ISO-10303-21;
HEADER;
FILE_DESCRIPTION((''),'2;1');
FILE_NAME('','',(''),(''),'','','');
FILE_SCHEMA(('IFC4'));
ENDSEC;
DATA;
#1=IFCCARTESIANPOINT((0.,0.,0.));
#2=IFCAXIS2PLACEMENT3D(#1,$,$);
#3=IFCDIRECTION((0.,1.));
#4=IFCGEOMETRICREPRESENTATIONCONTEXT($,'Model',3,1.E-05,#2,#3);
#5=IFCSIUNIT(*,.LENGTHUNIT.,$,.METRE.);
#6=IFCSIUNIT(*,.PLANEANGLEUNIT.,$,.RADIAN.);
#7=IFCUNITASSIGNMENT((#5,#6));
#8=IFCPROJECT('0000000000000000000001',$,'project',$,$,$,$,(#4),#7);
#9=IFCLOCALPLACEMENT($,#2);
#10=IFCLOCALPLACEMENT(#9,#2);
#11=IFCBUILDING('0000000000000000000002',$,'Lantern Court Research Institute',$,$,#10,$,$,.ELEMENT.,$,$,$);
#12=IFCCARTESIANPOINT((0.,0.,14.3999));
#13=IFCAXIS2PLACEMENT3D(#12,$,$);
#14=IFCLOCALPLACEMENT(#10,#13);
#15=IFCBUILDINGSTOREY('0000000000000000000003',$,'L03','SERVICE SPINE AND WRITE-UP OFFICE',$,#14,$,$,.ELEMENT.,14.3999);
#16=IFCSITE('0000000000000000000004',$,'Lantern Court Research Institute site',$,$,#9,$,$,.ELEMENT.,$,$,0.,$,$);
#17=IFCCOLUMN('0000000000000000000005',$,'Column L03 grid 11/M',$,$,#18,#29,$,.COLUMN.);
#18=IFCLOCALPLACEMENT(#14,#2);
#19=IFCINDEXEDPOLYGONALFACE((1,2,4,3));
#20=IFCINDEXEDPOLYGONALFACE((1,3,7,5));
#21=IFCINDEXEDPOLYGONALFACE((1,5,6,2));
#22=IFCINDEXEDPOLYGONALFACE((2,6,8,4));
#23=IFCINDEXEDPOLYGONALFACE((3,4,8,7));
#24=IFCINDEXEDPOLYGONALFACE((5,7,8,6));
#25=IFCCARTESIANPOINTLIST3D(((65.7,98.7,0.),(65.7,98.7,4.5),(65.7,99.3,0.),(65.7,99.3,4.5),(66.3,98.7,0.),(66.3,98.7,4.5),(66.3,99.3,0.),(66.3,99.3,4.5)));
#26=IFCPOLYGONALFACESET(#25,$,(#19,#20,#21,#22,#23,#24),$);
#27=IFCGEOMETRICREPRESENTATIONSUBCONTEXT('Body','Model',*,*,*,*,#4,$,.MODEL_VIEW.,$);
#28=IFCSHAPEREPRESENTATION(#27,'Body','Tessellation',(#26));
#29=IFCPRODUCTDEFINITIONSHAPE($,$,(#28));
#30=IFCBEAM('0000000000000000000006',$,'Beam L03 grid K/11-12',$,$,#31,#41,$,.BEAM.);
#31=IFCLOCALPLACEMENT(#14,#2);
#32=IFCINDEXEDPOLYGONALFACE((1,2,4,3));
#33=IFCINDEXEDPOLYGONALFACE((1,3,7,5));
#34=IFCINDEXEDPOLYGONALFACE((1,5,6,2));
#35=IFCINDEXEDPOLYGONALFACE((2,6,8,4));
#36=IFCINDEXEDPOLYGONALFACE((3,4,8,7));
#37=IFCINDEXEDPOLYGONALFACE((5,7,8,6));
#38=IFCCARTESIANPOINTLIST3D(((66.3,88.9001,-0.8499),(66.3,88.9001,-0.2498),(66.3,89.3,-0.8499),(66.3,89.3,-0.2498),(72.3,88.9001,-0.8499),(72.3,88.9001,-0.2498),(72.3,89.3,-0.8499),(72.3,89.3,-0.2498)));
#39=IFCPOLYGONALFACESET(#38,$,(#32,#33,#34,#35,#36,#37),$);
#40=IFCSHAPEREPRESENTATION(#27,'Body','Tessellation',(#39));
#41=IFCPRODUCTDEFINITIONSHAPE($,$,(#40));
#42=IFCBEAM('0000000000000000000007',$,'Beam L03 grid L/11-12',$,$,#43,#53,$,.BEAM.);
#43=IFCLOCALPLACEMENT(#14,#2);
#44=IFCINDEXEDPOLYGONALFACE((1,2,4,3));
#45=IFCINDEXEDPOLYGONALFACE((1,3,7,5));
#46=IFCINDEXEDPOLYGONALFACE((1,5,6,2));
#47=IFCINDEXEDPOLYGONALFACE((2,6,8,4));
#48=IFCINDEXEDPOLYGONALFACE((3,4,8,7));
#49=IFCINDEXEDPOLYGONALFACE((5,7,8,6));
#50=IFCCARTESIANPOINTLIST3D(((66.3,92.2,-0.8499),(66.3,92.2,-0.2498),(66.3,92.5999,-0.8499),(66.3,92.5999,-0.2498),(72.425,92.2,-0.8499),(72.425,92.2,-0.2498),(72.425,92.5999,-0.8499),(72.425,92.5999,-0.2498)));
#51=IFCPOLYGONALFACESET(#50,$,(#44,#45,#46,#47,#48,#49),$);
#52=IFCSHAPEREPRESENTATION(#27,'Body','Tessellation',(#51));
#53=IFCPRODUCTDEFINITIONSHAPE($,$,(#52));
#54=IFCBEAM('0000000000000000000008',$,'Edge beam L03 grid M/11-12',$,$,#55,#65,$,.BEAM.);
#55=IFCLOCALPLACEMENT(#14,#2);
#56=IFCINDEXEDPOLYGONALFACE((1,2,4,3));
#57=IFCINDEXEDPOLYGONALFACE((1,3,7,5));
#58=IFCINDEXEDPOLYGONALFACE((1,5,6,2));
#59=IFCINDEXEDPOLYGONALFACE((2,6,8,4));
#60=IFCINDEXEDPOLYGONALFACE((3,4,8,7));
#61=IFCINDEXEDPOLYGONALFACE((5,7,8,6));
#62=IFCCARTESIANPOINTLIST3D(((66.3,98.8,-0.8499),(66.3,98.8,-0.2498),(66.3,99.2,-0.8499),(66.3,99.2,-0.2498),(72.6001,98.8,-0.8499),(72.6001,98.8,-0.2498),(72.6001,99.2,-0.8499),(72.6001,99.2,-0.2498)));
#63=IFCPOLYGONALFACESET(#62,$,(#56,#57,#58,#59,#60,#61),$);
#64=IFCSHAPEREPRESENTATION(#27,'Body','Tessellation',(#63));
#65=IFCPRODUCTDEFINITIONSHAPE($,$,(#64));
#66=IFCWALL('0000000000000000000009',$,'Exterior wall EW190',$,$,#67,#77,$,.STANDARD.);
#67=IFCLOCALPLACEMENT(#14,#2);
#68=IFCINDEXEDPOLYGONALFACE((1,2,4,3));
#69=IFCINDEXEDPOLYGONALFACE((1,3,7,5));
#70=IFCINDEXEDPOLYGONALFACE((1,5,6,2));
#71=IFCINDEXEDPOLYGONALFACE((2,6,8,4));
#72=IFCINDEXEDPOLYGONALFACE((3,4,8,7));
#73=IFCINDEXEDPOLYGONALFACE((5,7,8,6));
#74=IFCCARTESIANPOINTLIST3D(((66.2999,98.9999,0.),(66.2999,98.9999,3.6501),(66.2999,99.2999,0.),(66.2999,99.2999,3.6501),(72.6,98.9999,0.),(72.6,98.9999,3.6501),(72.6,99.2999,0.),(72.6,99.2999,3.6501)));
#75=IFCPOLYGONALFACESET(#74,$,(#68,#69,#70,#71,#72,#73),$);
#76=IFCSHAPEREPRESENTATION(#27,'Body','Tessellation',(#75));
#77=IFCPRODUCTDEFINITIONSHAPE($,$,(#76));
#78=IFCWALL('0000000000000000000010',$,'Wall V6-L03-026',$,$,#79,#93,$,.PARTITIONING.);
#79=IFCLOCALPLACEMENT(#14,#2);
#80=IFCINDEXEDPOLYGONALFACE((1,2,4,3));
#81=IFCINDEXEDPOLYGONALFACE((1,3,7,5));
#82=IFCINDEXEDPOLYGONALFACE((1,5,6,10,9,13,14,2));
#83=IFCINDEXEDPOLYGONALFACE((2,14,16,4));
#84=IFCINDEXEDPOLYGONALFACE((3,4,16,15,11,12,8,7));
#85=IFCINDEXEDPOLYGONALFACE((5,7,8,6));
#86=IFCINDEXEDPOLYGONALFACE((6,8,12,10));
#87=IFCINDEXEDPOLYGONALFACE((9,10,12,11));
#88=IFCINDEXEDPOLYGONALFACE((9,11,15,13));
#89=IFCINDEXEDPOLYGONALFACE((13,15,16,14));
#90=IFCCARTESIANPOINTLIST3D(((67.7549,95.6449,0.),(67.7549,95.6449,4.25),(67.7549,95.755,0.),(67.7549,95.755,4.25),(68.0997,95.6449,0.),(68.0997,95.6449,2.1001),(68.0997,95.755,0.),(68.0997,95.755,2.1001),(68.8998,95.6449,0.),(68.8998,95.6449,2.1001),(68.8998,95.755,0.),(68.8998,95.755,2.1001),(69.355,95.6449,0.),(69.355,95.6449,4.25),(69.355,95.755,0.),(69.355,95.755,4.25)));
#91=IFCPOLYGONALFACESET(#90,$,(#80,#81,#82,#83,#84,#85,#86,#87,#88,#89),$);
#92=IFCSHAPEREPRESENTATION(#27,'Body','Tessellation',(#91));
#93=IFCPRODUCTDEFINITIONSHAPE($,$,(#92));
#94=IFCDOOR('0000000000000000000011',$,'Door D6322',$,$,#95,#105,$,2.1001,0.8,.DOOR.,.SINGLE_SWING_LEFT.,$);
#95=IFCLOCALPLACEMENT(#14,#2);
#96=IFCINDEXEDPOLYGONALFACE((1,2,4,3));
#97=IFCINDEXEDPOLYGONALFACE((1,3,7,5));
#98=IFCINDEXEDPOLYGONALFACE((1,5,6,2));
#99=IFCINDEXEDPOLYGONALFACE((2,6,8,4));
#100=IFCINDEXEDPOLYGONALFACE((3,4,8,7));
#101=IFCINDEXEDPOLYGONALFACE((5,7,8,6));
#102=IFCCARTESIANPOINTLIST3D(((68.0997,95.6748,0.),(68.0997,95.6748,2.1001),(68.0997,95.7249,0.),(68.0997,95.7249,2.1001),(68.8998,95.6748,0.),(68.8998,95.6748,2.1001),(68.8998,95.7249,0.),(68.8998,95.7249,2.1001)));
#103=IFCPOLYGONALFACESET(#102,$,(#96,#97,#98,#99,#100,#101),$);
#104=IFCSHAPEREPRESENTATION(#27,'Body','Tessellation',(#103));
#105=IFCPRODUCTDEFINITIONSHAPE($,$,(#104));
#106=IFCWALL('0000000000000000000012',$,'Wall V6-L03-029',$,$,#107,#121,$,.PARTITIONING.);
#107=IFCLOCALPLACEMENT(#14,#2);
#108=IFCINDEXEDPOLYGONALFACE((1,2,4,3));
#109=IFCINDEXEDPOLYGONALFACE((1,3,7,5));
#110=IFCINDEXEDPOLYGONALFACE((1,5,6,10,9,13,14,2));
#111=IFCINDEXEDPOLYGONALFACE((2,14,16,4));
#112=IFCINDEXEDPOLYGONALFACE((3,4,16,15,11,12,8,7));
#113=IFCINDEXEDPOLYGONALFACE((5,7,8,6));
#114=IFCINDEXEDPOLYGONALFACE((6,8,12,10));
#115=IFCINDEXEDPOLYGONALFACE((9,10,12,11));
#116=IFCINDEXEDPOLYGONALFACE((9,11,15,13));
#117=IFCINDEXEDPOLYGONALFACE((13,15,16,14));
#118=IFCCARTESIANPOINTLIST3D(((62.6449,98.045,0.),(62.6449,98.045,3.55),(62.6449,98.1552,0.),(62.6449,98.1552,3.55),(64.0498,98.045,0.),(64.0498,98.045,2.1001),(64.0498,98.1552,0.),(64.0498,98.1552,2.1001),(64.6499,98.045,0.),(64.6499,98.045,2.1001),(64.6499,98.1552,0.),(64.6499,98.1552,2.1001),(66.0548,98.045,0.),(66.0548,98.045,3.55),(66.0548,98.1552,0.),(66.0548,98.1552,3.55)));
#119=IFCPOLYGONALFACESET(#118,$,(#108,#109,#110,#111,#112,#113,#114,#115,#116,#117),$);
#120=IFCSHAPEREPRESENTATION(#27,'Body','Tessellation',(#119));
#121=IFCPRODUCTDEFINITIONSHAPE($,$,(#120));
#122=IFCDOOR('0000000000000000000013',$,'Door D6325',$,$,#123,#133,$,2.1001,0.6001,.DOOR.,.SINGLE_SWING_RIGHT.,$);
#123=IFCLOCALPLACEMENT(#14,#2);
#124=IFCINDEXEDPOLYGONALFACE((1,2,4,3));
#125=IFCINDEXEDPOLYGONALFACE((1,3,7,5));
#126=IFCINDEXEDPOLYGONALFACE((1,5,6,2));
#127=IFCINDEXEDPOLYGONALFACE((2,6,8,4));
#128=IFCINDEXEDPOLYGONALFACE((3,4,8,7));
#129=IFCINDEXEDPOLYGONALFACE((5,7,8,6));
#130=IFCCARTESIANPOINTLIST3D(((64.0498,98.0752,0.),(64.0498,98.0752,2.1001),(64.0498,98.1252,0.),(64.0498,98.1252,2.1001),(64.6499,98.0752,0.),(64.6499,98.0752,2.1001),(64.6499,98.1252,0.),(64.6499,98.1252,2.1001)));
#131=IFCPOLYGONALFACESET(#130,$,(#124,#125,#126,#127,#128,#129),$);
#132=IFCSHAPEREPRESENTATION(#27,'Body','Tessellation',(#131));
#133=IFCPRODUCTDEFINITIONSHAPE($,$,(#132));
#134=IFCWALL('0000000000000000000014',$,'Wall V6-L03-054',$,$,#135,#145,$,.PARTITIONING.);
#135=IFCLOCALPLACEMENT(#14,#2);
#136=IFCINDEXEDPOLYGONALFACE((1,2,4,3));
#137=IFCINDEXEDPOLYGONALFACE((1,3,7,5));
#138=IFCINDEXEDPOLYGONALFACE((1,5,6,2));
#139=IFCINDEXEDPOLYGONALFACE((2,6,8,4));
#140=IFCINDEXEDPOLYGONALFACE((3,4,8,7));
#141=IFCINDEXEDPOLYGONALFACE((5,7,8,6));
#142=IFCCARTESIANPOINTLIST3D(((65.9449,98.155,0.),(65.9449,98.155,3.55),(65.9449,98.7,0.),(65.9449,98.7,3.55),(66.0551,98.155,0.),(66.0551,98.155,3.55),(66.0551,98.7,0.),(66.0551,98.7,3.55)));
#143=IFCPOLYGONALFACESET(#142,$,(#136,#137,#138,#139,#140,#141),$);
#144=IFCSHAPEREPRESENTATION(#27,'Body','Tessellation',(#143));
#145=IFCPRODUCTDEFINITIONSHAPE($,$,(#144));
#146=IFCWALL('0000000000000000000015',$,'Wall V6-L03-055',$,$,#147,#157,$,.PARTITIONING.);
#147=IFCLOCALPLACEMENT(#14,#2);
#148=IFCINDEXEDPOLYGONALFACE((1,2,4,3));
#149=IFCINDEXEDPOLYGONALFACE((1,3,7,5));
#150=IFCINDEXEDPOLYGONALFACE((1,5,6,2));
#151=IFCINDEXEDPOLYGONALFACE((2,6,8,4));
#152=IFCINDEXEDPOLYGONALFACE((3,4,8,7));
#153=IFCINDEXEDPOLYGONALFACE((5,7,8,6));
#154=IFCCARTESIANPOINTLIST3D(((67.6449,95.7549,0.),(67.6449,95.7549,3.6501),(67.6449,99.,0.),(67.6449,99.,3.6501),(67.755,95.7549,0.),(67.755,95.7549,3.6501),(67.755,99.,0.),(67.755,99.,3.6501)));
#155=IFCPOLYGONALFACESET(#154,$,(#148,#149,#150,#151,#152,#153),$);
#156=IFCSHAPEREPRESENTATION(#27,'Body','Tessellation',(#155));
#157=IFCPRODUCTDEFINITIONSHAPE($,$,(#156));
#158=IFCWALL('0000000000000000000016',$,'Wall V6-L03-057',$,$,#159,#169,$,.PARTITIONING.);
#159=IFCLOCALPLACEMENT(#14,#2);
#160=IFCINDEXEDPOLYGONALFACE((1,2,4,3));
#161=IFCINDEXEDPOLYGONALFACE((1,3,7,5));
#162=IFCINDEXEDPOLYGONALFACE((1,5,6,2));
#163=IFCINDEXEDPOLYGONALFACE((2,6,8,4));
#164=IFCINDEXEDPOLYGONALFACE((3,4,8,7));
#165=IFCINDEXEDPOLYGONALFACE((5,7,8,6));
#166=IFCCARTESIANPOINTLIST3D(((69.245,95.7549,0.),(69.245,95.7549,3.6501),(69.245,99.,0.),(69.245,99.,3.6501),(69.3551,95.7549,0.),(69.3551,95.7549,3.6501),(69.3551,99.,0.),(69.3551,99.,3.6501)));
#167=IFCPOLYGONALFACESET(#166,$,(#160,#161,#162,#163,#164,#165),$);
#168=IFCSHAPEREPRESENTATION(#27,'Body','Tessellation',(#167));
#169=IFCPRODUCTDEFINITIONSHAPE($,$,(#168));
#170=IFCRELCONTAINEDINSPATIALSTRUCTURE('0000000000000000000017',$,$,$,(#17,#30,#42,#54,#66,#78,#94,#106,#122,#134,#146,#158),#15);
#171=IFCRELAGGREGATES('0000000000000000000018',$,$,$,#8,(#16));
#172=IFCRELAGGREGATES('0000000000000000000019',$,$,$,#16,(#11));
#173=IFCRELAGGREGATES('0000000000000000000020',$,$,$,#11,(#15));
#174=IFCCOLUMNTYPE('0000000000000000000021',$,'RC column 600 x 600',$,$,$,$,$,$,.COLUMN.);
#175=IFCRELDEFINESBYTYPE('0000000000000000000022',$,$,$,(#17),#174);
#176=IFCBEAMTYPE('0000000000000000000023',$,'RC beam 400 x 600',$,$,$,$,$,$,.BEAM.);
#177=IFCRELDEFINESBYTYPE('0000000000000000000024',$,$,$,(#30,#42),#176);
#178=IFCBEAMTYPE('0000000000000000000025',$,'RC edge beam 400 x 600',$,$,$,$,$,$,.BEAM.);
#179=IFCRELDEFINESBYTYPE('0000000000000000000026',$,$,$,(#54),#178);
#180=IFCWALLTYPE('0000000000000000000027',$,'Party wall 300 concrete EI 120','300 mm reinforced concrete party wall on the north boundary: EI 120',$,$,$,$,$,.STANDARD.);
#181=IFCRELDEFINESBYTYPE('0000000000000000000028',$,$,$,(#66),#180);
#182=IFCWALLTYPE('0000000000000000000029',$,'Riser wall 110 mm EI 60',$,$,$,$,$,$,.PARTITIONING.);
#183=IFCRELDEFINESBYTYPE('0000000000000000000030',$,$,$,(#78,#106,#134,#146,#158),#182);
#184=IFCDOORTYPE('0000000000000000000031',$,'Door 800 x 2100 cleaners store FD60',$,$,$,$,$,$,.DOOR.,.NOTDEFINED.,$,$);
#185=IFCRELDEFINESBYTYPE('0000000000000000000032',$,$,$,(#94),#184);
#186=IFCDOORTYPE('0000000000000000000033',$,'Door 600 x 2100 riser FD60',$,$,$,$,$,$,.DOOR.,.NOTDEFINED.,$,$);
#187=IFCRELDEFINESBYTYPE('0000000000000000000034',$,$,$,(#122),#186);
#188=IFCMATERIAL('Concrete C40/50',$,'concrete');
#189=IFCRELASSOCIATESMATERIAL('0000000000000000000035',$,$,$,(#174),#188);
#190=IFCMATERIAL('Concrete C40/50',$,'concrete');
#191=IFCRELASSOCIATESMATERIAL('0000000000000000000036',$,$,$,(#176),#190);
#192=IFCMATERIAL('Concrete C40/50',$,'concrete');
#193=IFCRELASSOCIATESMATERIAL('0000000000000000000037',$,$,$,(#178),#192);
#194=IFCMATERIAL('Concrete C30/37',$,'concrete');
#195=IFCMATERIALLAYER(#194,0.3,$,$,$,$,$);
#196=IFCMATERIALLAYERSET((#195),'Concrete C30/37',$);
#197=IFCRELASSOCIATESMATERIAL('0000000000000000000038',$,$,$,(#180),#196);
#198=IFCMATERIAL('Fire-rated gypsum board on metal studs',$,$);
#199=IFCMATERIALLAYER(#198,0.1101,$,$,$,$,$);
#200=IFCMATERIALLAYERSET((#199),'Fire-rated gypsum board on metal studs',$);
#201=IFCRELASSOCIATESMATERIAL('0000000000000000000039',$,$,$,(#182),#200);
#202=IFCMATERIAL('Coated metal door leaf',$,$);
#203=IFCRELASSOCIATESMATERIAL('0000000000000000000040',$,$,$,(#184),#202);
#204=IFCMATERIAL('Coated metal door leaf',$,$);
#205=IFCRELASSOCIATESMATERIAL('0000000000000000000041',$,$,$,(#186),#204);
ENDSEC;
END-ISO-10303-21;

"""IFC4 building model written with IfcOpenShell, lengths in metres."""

from ifc_helpers import new_model, si_unit, direction, frame, frame_2d, origin, origin_2d, place, context, subcontext, project, spatial, rectangle, extrude, material, layer, layer_set, material_profile, profile_set, type_object, element, fill, save


model = new_model("IFC4")

# Units and contexts
model_context = context("Model", 3, precision=1e-05, world=origin(), true_north=direction((0.0, 1.0)))
body_context = subcontext(model_context, "Body", "Model", "MODEL_VIEW")
ifc_project = project(units=[si_unit("LENGTHUNIT", "METRE"), si_unit("PLANEANGLEUNIT", "RADIAN")], contexts=[model_context])

# Site, building, storey
site_placement = place(None, origin())
site = spatial("IfcSite", under=ifc_project, at=site_placement, Name="Lantern Court Research Institute site", CompositionType="ELEMENT", RefElevation=0.0)
building_placement = place(site_placement, origin())
building = spatial("IfcBuilding", under=site, at=building_placement, Name="Lantern Court Research Institute", CompositionType="ELEMENT")
storey_placement = place(building_placement, frame((0.0, 0.0, 14.3999)))
storey = spatial("IfcBuildingStorey", under=building, at=storey_placement, Name="L03", Description="SERVICE SPINE AND WRITE-UP OFFICE", CompositionType="ELEMENT", Elevation=14.3999)

# Column
ifc_material_1 = material(Name="Concrete C40/50", Category="concrete")
ifc_material_profile_1 = material_profile(ifc_material_1, rectangle(XDim=0.6001, YDim=0.6001, at=origin_2d()), Name="RC column 600 x 600")
ifc_profile_set_1 = profile_set([ifc_material_profile_1], Name="Concrete C40/50")
column_type = type_object("IfcColumnType", Name="RC column 600 x 600", PredefinedType="COLUMN", material=ifc_profile_set_1)
column_placement = place(storey_placement, frame((66.0, 99.0, 0.0), z_axis=(0.0, 0.0, 1.0), x_axis=(1.0, 0.0, 0.0)))
element("IfcColumn", 1, at=column_placement, inside=storey, type_object=column_type, Name="Column L03 grid 11/M", PredefinedType="COLUMN", context=body_context, shape_type="SweptSolid", body=[
    extrude(rectangle(XDim=0.6001, YDim=0.6001, at=origin_2d()), origin(), (0.0, 0.0, 1.0), 4.5),
])

# Beams
ifc_material_2 = material(Name="Concrete C40/50", Category="concrete")
ifc_material_profile_2 = material_profile(ifc_material_2, rectangle(XDim=0.3999, YDim=0.6001, at=origin_2d()), Name="RC beam 400 x 600")
ifc_profile_set_2 = profile_set([ifc_material_profile_2], Name="Concrete C40/50")
beam_type_1 = type_object("IfcBeamType", Name="RC beam 400 x 600", PredefinedType="BEAM", material=ifc_profile_set_2)
beam_1_placement = place(storey_placement, frame((66.3, 89.1001, -0.5498), z_axis=(1.0, 0.0, 0.0), x_axis=(0.0, 1.0, 0.0)))
element("IfcBeam", 2, at=beam_1_placement, inside=storey, type_object=beam_type_1, Name="Beam L03 grid K/11-12", PredefinedType="BEAM", context=body_context, shape_type="SweptSolid", body=[
    extrude(rectangle(XDim=0.3999, YDim=0.6001, at=origin_2d()), origin(), (0.0, 0.0, 1.0), 6.0),
])
beam_2_placement = place(storey_placement, frame((66.3, 92.3999, -0.5498), z_axis=(1.0, 0.0, 0.0), x_axis=(0.0, 1.0, 0.0)))
element("IfcBeam", 3, at=beam_2_placement, inside=storey, type_object=beam_type_1, Name="Beam L03 grid L/11-12", PredefinedType="BEAM", context=body_context, shape_type="SweptSolid", body=[
    extrude(rectangle(XDim=0.3999, YDim=0.6001, at=origin_2d()), origin(), (0.0, 0.0, 1.0), 6.125),
])
ifc_material_3 = material(Name="Concrete C40/50", Category="concrete")
ifc_material_profile_3 = material_profile(ifc_material_3, rectangle(XDim=0.3999, YDim=0.6001, at=origin_2d()), Name="RC beam 400 x 600")
ifc_profile_set_3 = profile_set([ifc_material_profile_3], Name="Concrete C40/50")
beam_type_2 = type_object("IfcBeamType", Name="RC edge beam 400 x 600", PredefinedType="BEAM", material=ifc_profile_set_3)
beam_3_placement = place(storey_placement, frame((66.3, 99.0, -0.5498), z_axis=(1.0, 0.0, 0.0), x_axis=(0.0, 1.0, 0.0)))
element("IfcBeam", 4, at=beam_3_placement, inside=storey, type_object=beam_type_2, Name="Edge beam L03 grid M/11-12", PredefinedType="BEAM", context=body_context, shape_type="SweptSolid", body=[
    extrude(rectangle(XDim=0.3999, YDim=0.6001, at=origin_2d()), origin(), (0.0, 0.0, 1.0), 6.3),
])

# Wall
ifc_material_4 = material(Name="Concrete C30/37", Category="concrete")
ifc_layer_1 = layer(ifc_material_4, 0.3)
ifc_layer_set_1 = layer_set([ifc_layer_1], Name="Concrete C30/37")
wall_type_1 = type_object("IfcWallType", Name="Party wall 300 concrete EI 120", Description="300 mm reinforced concrete party wall on the north boundary: EI 120", PredefinedType="STANDARD", material=ifc_layer_set_1)
wall_1_placement = place(storey_placement, frame((66.3, 99.1499, 0.0), z_axis=(0.0, 0.0, 1.0), x_axis=(1.0, 0.0, 0.0)))
element("IfcWall", 5, at=wall_1_placement, inside=storey, type_object=wall_type_1, Name="Exterior wall EW190", PredefinedType="STANDARD", context=body_context, shape_type="SweptSolid", body=[
    extrude(rectangle(XDim=6.3, YDim=0.3, at=frame_2d((3.1499, 0.0))), origin(), (0.0, 0.0, 1.0), 3.6501),
])

# Walls, openings, doors
ifc_material_5 = material(Name="Fire-rated gypsum board on metal studs")
ifc_layer_2 = layer(ifc_material_5, 0.1101)
ifc_layer_set_2 = layer_set([ifc_layer_2], Name="Fire-rated gypsum board on metal studs")
wall_type_2 = type_object("IfcWallType", Name="Riser wall 110 mm EI 60", PredefinedType="PARTITIONING", material=ifc_layer_set_2)
wall_2_placement = place(storey_placement, frame((67.7549, 95.7, 0.0), z_axis=(0.0, 0.0, 1.0), x_axis=(1.0, 0.0, 0.0)))
wall_2 = element("IfcWall", 6, at=wall_2_placement, inside=storey, type_object=wall_type_2, Name="Wall V6-L03-026", PredefinedType="PARTITIONING", context=body_context, shape_type="SweptSolid", body=[
    extrude(rectangle(XDim=1.6001, YDim=0.1101, at=frame_2d((0.8, 0.0))), origin(), (0.0, 0.0, 1.0), 4.25),
])
opening_1_placement = place(wall_2_placement, frame((0.345, 0.0, 0.0)))
opening_1 = element("IfcOpeningElement", 7, at=opening_1_placement, cuts=wall_2, PredefinedType="OPENING", context=body_context, shape_type="SweptSolid", body=[
    extrude(rectangle(XDim=0.8, YDim=2.1001, at=frame_2d((0.3999, 1.05))), frame((0.0, 0.0649, 0.0), z_axis=(0.0, -1.0, 0.0), x_axis=(1.0, 0.0, 0.0)), (0.0, 0.0, 1.0), 0.1301),
])
ifc_material_6 = material(Name="Coated metal door leaf")
door_type_1 = type_object("IfcDoorType", Name="Door 800 x 2100 cleaners store FD60", OperationType="NOTDEFINED", PredefinedType="DOOR", material=ifc_material_6)
door_1_placement = place(opening_1_placement, origin())
door_1 = element("IfcDoor", 8, at=door_1_placement, inside=storey, type_object=door_type_1, Name="Door D6322", OperationType="SINGLE_SWING_LEFT", OverallHeight=2.1001, OverallWidth=0.8, PredefinedType="DOOR", context=body_context, shape_type="SweptSolid", body=[
    extrude(rectangle(XDim=0.8, YDim=2.1001, at=frame_2d((0.3999, 1.05))), frame((0.0, 0.0249, 0.0), z_axis=(0.0, -1.0, 0.0), x_axis=(1.0, 0.0, 0.0)), (0.0, 0.0, 1.0), 0.05),
])
fill(opening_1, door_1)
wall_3_placement = place(storey_placement, frame((66.0549, 98.1001, 0.0), z_axis=(0.0, 0.0, 1.0), x_axis=(-1.0, 0.0, 0.0)))
wall_3 = element("IfcWall", 9, at=wall_3_placement, inside=storey, type_object=wall_type_2, Name="Wall V6-L03-029", PredefinedType="PARTITIONING", context=body_context, shape_type="SweptSolid", body=[
    extrude(rectangle(XDim=3.4099, YDim=0.1101, at=frame_2d((1.7051, 0.0))), origin(), (0.0, 0.0, 1.0), 3.55),
])
opening_2_placement = place(wall_3_placement, frame((1.405, 0.0, 0.0)))
opening_2 = element("IfcOpeningElement", 10, at=opening_2_placement, cuts=wall_3, PredefinedType="OPENING", context=body_context, shape_type="SweptSolid", body=[
    extrude(rectangle(XDim=0.6001, YDim=2.1001, at=frame_2d((0.3, 1.05))), frame((0.0, 0.0649, 0.0), z_axis=(0.0, -1.0, 0.0), x_axis=(1.0, 0.0, 0.0)), (0.0, 0.0, 1.0), 0.1301),
])
ifc_material_7 = material(Name="Coated metal door leaf")
door_type_2 = type_object("IfcDoorType", Name="Door 600 x 2100 riser FD60", OperationType="NOTDEFINED", PredefinedType="DOOR", material=ifc_material_7)
door_2_placement = place(opening_2_placement, origin())
door_2 = element("IfcDoor", 11, at=door_2_placement, inside=storey, type_object=door_type_2, Name="Door D6325", OperationType="SINGLE_SWING_RIGHT", OverallHeight=2.1001, OverallWidth=0.6001, PredefinedType="DOOR", context=body_context, shape_type="SweptSolid", body=[
    extrude(rectangle(XDim=0.6001, YDim=2.1001, at=frame_2d((0.3, 1.05))), frame((0.0, 0.0249, 0.0), z_axis=(0.0, -1.0, 0.0), x_axis=(1.0, 0.0, 0.0)), (0.0, 0.0, 1.0), 0.05),
])
fill(opening_2, door_2)

# Walls
wall_4_placement = place(storey_placement, frame((66.0, 98.155, 0.0), z_axis=(0.0, 0.0, 1.0), x_axis=(0.0, 1.0, 0.0)))
element("IfcWall", 12, at=wall_4_placement, inside=storey, type_object=wall_type_2, Name="Wall V6-L03-054", PredefinedType="PARTITIONING", context=body_context, shape_type="SweptSolid", body=[
    extrude(rectangle(XDim=0.5449, YDim=0.1101, at=frame_2d((0.2725, 0.0))), origin(), (0.0, 0.0, 1.0), 3.55),
])
for number, where, z_axis, x_axis, name in (
    (13, (67.7, 95.7549, 0.0), (0.0, 0.0, 1.0), (0.0, 1.0, 0.0), "Wall V6-L03-055"),
    (14, (69.3, 95.7549, 0.0), (0.0, 0.0, 1.0), (0.0, 1.0, 0.0), "Wall V6-L03-057"),
):
    element("IfcWall", number, at=place(storey_placement, frame(where, z_axis=z_axis, x_axis=x_axis)), inside=storey, type_object=wall_type_2, Name=name, PredefinedType="PARTITIONING", context=body_context, shape_type="SweptSolid", body=[
        extrude(rectangle(XDim=3.2451, YDim=0.1101, at=frame_2d((1.6226, 0.0))), origin(), (0.0, 0.0, 1.0), 3.6501),
    ])

save(model, "model.ifc")
